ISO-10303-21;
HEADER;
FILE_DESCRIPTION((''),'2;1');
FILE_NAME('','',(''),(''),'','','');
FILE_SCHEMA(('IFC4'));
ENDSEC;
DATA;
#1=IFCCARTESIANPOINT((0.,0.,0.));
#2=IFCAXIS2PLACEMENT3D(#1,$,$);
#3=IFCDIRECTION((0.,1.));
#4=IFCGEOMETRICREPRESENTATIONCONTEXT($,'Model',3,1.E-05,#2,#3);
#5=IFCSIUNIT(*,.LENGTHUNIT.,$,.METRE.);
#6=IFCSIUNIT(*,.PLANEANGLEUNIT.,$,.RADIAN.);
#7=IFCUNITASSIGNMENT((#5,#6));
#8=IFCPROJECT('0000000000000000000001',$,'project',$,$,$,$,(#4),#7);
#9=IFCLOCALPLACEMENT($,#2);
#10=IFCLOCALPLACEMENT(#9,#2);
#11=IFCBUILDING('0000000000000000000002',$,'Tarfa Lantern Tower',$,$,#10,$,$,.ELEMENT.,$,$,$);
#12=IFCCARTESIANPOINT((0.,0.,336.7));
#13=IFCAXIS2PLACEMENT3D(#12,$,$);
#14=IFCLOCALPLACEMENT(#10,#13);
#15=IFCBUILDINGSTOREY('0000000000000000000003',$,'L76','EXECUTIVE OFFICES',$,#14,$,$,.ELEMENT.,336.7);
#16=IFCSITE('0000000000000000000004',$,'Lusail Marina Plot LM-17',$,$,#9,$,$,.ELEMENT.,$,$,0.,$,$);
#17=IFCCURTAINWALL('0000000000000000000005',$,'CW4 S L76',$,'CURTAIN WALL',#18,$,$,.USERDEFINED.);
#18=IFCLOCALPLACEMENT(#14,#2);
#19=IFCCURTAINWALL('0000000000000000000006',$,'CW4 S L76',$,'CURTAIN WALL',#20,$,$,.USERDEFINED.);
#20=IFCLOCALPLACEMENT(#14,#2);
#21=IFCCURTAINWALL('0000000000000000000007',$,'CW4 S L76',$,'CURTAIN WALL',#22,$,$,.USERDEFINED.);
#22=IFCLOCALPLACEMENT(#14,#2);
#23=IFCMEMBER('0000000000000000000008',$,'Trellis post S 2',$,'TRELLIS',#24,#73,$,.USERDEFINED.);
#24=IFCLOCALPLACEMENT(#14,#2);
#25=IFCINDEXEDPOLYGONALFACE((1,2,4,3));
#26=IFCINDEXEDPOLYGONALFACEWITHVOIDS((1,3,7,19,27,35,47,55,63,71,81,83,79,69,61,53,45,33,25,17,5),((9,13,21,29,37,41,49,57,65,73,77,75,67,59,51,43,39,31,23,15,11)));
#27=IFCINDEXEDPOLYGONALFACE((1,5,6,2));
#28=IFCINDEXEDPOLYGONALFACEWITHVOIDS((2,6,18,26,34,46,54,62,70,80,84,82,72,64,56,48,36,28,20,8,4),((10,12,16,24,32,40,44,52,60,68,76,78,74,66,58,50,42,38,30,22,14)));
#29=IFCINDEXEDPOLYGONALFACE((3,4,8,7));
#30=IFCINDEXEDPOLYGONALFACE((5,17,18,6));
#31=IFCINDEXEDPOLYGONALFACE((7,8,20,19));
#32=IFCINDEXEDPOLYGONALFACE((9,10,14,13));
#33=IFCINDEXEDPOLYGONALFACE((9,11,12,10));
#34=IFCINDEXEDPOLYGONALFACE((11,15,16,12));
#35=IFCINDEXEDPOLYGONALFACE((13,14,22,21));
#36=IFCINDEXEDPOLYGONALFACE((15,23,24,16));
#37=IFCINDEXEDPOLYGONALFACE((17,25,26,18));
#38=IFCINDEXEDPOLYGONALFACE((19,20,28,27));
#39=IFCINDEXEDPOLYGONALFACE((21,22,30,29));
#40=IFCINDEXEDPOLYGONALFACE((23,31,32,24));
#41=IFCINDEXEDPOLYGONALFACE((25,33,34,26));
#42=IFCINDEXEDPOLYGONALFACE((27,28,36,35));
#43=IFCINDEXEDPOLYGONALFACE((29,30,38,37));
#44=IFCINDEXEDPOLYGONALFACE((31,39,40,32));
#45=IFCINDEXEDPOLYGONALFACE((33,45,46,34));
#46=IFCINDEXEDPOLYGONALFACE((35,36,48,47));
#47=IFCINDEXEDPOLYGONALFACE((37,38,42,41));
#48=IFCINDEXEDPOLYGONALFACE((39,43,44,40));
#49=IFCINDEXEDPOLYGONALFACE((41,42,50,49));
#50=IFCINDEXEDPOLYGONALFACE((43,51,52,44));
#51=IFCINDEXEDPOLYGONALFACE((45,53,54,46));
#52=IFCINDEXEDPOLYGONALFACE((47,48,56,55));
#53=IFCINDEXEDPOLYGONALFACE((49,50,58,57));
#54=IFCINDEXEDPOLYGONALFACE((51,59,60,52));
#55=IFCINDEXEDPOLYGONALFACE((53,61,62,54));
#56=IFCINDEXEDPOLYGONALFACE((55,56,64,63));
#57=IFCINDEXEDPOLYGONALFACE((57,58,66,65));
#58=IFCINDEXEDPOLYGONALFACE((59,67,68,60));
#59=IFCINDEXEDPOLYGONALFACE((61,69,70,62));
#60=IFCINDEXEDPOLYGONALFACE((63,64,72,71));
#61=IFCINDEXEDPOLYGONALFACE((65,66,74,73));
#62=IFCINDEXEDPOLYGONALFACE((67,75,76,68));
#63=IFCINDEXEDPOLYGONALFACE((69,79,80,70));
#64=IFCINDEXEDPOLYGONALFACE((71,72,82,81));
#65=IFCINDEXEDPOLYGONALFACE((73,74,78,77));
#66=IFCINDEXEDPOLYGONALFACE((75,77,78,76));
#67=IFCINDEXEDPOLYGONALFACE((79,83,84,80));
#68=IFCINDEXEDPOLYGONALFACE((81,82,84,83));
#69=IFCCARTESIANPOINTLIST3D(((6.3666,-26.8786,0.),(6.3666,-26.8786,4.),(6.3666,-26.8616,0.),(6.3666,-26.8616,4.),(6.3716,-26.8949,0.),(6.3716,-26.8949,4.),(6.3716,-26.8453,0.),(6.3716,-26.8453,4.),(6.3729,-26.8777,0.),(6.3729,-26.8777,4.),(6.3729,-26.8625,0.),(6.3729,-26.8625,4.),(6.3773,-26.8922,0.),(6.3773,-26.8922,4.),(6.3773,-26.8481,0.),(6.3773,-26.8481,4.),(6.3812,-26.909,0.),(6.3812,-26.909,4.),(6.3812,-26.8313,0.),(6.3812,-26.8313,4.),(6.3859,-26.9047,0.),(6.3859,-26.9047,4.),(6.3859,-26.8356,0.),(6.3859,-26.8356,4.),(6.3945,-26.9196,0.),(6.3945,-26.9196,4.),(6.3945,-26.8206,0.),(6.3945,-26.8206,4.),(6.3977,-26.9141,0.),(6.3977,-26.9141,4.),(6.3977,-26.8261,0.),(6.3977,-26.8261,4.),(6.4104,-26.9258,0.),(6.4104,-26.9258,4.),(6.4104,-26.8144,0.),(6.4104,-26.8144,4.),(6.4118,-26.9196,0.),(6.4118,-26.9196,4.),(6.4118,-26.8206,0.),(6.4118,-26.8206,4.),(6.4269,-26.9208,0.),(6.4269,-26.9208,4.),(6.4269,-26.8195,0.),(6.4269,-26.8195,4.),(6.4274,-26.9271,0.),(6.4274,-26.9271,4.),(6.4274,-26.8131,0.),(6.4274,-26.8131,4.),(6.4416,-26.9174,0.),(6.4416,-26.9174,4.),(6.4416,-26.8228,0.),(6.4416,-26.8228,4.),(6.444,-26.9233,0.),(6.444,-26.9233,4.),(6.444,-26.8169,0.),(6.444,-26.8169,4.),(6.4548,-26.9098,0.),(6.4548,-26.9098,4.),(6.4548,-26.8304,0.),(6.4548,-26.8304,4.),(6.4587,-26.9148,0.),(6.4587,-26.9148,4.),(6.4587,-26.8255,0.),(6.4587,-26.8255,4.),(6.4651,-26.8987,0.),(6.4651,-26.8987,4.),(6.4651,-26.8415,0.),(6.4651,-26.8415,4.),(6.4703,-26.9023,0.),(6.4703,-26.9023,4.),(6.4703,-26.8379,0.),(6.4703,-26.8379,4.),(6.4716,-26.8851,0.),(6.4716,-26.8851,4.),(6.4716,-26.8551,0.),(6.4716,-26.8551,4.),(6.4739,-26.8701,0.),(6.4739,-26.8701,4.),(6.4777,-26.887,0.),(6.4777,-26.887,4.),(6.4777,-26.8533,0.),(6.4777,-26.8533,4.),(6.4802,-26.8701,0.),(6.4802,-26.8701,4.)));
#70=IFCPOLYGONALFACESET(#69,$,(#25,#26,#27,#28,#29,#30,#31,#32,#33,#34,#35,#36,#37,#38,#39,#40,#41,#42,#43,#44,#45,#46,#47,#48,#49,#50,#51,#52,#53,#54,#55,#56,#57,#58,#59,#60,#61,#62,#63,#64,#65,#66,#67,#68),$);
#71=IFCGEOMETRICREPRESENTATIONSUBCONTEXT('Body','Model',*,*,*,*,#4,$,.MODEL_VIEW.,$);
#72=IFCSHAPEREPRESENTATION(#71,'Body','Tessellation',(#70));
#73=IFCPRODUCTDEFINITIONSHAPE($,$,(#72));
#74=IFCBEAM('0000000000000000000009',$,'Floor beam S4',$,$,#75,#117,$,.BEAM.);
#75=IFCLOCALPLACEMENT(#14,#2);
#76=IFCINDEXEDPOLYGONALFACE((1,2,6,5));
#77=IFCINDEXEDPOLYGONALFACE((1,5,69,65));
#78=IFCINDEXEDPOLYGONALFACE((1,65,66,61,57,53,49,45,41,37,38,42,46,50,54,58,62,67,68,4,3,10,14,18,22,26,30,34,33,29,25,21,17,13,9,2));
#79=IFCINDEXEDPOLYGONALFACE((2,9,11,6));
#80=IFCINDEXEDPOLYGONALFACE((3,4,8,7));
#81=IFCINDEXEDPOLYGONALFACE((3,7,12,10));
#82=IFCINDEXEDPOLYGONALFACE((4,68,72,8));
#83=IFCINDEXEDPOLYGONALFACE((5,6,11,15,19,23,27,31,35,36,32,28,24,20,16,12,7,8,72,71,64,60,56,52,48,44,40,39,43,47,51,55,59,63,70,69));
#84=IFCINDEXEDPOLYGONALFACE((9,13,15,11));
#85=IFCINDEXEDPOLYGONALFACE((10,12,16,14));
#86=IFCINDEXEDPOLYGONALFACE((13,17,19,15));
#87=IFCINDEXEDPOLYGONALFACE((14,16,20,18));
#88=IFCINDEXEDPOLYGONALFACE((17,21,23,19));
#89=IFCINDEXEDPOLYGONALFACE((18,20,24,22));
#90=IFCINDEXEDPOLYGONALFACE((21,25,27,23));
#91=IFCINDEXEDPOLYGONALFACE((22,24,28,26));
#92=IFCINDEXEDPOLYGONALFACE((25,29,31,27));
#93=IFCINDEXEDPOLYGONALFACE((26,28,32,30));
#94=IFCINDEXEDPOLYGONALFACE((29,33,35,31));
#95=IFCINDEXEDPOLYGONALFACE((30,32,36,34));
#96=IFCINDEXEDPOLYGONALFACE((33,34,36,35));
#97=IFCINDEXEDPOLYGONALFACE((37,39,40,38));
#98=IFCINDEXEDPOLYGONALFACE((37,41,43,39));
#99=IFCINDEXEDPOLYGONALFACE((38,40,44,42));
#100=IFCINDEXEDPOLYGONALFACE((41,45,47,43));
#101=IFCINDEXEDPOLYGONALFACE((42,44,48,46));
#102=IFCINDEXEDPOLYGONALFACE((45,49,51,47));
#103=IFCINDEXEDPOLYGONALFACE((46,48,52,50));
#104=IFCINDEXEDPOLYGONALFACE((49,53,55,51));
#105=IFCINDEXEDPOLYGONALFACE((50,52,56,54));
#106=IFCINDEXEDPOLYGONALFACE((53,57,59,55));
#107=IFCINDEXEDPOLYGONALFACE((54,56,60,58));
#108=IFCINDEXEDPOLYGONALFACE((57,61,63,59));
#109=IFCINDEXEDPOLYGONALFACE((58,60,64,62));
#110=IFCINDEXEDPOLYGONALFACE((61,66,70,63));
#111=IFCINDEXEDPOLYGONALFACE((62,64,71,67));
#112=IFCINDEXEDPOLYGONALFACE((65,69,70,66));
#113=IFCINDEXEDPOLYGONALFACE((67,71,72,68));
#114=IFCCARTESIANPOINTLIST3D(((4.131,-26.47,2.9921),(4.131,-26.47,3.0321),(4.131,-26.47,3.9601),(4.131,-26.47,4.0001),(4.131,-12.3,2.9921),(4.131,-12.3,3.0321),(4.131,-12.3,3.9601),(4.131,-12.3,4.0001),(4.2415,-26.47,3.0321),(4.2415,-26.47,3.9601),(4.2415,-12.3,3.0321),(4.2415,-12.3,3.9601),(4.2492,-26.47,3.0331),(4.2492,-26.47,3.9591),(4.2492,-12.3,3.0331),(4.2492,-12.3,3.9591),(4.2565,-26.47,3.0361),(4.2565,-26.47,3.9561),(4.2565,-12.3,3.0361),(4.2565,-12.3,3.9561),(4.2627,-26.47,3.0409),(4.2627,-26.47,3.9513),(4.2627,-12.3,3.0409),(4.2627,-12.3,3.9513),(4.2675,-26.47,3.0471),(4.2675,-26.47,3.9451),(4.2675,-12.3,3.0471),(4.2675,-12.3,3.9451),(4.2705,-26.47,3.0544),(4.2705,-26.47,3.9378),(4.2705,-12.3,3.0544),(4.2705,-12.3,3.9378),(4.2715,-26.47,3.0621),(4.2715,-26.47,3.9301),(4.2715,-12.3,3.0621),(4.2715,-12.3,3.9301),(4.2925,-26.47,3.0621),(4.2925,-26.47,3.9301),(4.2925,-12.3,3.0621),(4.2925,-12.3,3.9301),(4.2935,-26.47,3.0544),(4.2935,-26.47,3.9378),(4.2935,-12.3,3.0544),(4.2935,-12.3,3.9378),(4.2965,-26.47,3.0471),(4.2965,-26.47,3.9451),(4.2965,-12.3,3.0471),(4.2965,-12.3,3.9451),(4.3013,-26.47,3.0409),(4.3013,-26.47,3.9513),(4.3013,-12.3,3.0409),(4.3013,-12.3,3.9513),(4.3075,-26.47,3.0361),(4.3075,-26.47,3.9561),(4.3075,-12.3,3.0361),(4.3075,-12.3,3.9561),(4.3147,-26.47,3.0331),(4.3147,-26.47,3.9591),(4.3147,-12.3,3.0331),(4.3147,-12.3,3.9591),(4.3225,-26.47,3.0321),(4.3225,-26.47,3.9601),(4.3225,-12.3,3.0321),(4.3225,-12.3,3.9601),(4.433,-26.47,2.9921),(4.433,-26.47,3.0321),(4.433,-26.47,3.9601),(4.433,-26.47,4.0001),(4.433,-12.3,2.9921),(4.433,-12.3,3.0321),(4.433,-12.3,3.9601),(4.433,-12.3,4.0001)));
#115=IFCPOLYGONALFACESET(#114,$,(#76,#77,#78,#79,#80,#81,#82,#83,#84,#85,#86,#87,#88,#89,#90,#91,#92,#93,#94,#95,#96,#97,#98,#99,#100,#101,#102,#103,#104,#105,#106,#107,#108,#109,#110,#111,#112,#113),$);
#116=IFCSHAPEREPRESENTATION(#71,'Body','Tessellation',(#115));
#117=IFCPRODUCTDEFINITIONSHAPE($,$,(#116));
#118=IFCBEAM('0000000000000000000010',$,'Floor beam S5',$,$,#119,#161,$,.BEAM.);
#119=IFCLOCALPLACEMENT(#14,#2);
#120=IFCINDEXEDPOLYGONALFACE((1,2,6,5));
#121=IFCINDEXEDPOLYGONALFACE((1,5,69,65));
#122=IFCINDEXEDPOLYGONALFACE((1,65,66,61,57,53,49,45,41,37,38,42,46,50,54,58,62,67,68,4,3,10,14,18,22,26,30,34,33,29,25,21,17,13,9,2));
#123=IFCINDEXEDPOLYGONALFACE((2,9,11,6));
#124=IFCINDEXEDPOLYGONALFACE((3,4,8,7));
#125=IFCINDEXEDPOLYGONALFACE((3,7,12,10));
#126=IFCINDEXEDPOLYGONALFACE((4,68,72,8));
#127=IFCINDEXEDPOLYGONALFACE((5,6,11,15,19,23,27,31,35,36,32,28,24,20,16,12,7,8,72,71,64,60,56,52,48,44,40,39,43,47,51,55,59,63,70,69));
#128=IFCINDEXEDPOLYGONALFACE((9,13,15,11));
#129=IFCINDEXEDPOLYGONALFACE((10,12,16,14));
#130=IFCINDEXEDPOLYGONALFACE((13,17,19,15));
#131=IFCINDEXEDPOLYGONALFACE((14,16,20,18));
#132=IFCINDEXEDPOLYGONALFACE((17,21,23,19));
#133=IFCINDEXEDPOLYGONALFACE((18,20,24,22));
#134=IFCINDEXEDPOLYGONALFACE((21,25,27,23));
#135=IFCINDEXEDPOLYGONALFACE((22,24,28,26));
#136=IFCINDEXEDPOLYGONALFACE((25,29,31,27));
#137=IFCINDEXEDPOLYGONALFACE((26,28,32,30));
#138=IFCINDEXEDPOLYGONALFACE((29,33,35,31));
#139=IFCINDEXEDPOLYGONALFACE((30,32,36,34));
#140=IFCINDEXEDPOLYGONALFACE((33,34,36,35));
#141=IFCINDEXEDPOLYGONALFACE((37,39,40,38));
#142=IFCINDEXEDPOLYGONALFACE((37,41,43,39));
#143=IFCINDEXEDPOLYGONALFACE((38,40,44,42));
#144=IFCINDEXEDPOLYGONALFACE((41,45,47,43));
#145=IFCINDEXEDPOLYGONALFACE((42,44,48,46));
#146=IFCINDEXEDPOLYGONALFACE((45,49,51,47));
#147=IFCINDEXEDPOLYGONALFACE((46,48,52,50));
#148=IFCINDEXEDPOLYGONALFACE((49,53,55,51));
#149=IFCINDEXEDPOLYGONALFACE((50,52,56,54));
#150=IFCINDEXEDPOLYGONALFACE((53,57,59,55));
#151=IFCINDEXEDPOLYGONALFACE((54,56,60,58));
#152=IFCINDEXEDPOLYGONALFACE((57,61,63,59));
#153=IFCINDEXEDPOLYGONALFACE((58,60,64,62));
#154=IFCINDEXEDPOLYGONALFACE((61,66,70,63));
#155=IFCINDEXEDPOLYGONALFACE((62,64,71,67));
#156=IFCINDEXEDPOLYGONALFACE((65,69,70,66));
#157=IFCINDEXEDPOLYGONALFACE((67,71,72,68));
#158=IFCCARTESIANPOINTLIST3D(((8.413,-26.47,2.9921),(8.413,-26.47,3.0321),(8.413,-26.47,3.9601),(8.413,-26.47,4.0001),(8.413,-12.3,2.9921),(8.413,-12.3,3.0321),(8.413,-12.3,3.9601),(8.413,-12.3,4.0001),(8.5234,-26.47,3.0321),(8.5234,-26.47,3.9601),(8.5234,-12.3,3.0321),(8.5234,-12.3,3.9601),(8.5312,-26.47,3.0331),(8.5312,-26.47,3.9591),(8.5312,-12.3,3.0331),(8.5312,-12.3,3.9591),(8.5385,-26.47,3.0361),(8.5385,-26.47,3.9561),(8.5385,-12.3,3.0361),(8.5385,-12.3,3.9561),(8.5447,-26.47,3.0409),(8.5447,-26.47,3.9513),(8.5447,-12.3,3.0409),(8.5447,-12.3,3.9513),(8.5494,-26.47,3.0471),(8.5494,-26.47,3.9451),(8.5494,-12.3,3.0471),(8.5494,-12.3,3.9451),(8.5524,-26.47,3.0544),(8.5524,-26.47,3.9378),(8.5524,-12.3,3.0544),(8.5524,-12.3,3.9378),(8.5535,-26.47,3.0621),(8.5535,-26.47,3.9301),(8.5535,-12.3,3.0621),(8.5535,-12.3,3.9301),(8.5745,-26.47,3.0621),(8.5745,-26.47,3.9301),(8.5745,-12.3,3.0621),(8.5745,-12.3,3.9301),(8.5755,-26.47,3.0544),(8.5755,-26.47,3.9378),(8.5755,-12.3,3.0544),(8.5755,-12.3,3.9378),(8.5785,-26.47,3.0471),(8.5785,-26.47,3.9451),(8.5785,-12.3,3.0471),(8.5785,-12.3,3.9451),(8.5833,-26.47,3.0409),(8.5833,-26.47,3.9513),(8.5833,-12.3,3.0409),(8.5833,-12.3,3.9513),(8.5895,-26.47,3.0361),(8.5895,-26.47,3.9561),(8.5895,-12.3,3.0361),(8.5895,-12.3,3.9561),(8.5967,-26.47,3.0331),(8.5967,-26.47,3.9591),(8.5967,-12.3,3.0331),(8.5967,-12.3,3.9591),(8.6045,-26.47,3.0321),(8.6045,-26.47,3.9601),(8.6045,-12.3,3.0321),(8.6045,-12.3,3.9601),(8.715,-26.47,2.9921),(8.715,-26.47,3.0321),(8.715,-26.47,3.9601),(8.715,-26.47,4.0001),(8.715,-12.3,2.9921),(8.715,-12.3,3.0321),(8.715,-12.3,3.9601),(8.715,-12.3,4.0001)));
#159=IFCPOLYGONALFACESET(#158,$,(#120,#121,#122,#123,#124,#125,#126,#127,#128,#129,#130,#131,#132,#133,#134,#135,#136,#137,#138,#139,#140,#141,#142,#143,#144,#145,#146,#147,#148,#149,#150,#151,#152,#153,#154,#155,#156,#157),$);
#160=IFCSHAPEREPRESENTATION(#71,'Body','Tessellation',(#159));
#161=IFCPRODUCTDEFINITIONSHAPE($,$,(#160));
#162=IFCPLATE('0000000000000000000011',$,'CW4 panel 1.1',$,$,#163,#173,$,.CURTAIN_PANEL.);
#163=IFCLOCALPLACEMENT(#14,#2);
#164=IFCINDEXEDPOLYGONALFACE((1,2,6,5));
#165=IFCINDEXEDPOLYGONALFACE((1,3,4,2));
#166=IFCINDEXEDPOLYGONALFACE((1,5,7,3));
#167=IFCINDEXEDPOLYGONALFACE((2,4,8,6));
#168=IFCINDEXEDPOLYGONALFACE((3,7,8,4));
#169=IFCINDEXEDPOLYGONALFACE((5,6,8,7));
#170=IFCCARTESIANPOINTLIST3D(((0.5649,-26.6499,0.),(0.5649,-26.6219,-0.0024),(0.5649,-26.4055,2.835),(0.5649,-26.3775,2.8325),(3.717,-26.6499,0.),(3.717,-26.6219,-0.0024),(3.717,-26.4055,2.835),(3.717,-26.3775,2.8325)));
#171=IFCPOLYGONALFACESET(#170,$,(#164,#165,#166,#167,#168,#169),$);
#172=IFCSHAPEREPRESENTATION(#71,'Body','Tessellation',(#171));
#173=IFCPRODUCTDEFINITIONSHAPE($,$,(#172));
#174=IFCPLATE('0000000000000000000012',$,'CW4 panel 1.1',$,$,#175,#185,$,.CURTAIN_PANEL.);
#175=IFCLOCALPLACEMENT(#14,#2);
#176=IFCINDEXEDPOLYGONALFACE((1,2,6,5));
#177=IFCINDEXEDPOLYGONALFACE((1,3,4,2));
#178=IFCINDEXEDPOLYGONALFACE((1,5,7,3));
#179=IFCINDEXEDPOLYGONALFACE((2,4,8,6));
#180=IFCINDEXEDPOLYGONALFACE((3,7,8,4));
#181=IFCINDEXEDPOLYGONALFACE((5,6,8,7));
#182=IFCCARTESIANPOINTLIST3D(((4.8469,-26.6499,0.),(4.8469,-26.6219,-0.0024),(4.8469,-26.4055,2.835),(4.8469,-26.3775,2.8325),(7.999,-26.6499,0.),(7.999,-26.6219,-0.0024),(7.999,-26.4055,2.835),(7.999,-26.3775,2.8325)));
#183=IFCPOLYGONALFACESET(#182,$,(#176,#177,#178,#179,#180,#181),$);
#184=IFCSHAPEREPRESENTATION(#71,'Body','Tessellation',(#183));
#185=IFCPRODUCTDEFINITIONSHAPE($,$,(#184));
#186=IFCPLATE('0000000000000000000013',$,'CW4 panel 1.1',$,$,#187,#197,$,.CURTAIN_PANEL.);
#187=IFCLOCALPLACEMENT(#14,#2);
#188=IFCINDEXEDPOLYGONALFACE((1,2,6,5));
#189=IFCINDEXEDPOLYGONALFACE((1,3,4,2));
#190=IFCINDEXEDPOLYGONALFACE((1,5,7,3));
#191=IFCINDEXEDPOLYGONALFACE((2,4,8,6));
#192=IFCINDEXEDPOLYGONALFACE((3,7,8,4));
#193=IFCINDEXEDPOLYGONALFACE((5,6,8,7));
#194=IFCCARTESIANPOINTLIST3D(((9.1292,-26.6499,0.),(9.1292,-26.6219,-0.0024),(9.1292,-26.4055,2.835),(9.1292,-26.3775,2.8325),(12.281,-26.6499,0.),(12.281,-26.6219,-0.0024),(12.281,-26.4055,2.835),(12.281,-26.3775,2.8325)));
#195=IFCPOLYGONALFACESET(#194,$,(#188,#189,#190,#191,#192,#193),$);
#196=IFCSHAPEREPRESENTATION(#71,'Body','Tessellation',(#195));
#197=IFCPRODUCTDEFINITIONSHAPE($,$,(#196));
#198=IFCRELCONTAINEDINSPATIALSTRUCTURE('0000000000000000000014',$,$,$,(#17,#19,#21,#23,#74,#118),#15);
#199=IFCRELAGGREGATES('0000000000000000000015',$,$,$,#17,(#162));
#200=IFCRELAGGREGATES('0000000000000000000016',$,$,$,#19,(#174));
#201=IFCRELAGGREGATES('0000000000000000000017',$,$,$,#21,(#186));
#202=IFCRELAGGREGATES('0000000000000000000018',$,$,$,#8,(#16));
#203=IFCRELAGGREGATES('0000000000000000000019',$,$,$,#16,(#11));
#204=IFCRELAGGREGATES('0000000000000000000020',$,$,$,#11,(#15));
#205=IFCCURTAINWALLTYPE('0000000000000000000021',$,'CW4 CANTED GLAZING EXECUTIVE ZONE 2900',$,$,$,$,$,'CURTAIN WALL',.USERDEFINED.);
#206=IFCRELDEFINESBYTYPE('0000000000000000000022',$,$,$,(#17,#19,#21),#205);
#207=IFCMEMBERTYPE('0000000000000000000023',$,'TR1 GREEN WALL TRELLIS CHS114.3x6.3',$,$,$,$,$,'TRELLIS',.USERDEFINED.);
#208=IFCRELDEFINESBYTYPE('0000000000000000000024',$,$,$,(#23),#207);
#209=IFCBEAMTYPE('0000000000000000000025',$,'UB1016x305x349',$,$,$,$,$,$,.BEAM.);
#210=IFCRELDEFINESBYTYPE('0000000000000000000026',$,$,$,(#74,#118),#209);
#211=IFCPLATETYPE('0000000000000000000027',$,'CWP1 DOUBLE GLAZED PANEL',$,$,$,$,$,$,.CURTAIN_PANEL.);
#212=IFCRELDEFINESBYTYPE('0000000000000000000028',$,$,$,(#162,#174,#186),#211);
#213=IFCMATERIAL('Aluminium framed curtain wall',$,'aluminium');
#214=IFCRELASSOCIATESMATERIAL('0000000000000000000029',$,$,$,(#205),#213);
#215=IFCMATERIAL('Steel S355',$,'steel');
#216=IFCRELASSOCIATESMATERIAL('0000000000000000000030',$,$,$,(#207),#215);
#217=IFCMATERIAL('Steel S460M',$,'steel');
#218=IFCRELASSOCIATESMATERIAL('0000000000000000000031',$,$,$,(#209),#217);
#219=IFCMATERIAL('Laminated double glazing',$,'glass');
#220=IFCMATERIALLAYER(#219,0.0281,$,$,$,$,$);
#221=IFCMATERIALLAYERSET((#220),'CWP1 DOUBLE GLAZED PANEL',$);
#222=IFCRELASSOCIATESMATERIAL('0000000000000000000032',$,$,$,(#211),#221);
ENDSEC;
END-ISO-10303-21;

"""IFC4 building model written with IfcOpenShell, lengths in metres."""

from ifc_helpers import new_model, si_unit, direction, frame, origin, origin_2d, place, context, subcontext, project, spatial, polyline, hollow_circle, i_section, outline, extrude, material, layer, layer_set, material_profile, profile_set, type_object, element, aggregate, save


model = new_model("IFC4")

# Units and contexts
model_context = context("Model", 3, precision=1e-05, world=origin(), true_north=direction((0.0, 1.0)))
body_context = subcontext(model_context, "Body", "Model", "MODEL_VIEW")
ifc_project = project(units=[si_unit("LENGTHUNIT", "METRE"), si_unit("PLANEANGLEUNIT", "RADIAN")], contexts=[model_context])

# Site, building, storey
site_placement = place(None, origin())
site = spatial("IfcSite", under=ifc_project, at=site_placement, Name="Lusail Marina Plot LM-17", CompositionType="ELEMENT", RefElevation=0.0)
building_placement = place(site_placement, origin())
building = spatial("IfcBuilding", under=site, at=building_placement, Name="Tarfa Lantern Tower", CompositionType="ELEMENT")
storey_placement = place(building_placement, frame((0.0, 0.0, 336.7)))
storey = spatial("IfcBuildingStorey", under=building, at=storey_placement, Name="L76", Description="EXECUTIVE OFFICES", CompositionType="ELEMENT", Elevation=336.7)

# Curtain walls
ifc_material_1 = material(Name="Aluminium framed curtain wall", Category="aluminium")
curtain_wall_type = type_object("IfcCurtainWallType", Name="CW4 CANTED GLAZING EXECUTIVE ZONE 2900", ElementType="CURTAIN WALL", PredefinedType="USERDEFINED", material=ifc_material_1)
curtain_wall_1_placement = place(storey_placement, origin())
curtain_wall_1 = element("IfcCurtainWall", 1, at=curtain_wall_1_placement, inside=storey, type_object=curtain_wall_type, Name="CW4 S L76", ObjectType="CURTAIN WALL", PredefinedType="USERDEFINED")
curtain_wall_2_placement = place(storey_placement, origin())
curtain_wall_2 = element("IfcCurtainWall", 2, at=curtain_wall_2_placement, inside=storey, type_object=curtain_wall_type, Name="CW4 S L76", ObjectType="CURTAIN WALL", PredefinedType="USERDEFINED")

# Curtain wall
curtain_wall_3_placement = place(storey_placement, origin())
curtain_wall_3 = element("IfcCurtainWall", 3, at=curtain_wall_3_placement, inside=storey, type_object=curtain_wall_type, Name="CW4 S L76", ObjectType="CURTAIN WALL", PredefinedType="USERDEFINED")

# Member
ifc_material_2 = material(Name="Steel S355", Category="steel")
ifc_material_profile_1 = material_profile(ifc_material_2, hollow_circle(Radius=0.0571, WallThickness=0.0063, at=origin_2d()), Name="CHS114.3x6.3")
ifc_profile_set_1 = profile_set([ifc_material_profile_1], Name="Steel S355")
member_type_1 = type_object("IfcMemberType", Name="TR1 GREEN WALL TRELLIS CHS114.3x6.3", ElementType="TRELLIS", PredefinedType="USERDEFINED", material=ifc_profile_set_1)
member_1_placement = place(storey_placement, frame((6.4231, -26.8701, 0.0), z_axis=(0.0, 0.0, 1.0), x_axis=(1.0, 0.0, 0.0)))
element("IfcMember", 4, at=member_1_placement, inside=storey, type_object=member_type_1, Name="Trellis post S 2", ObjectType="TRELLIS", PredefinedType="USERDEFINED", context=body_context, shape_type="SweptSolid", body=[
    extrude(hollow_circle(Radius=0.0571, WallThickness=0.0063, at=origin_2d()), origin(), (0.0, 0.0, 1.0), 4.0),
])

# Beams
ifc_material_3 = material(Name="Steel S460M", Category="steel")
ifc_material_profile_2 = material_profile(ifc_material_3, i_section(OverallWidth=0.302, OverallDepth=1.0081, WebThickness=0.021, FlangeThickness=0.04, FilletRadius=0.03, at=origin_2d()), Name="UB1016x305x349")
ifc_profile_set_2 = profile_set([ifc_material_profile_2], Name="Steel S460M")
beam_type_1 = type_object("IfcBeamType", Name="UB1016x305x349", PredefinedType="BEAM", material=ifc_profile_set_2)
for number, where, z_axis, x_axis, name in (
    (5, (4.282, -26.47, 3.4961), (0.0, 1.0, 0.0), (-1.0, 0.0, 0.0), "Floor beam S4"),
    (6, (8.564, -26.47, 3.4961), (0.0, 1.0, 0.0), (-1.0, 0.0, 0.0), "Floor beam S5"),
):
    element("IfcBeam", number, at=place(storey_placement, frame(where, z_axis=z_axis, x_axis=x_axis)), inside=storey, type_object=beam_type_1, Name=name, PredefinedType="BEAM", context=body_context, shape_type="SweptSolid", body=[
        extrude(i_section(OverallWidth=0.302, OverallDepth=1.0081, WebThickness=0.021, FlangeThickness=0.04, FilletRadius=0.03, at=origin_2d()), origin(), (0.0, 0.0, 1.0), 14.1699),
    ])

# Plates
ifc_material_4 = material(Name="Laminated double glazing", Category="glass")
ifc_layer_1 = layer(ifc_material_4, 0.0281)
ifc_layer_set_1 = layer_set([ifc_layer_1], Name="CWP1 DOUBLE GLAZED PANEL")
plate_type = type_object("IfcPlateType", Name="CWP1 DOUBLE GLAZED PANEL", PredefinedType="CURTAIN_PANEL", material=ifc_layer_set_1)
plate_1_placement = place(storey_placement, frame((0.5649, -26.6499, 0.0), z_axis=(0.0, -0.996305, 0.085885), x_axis=(1.0, 0.0, 0.0)))
plate_1 = element("IfcPlate", 7, at=plate_1_placement, type_object=plate_type, Name="CW4 panel 1.1", PredefinedType="CURTAIN_PANEL", context=body_context, shape_type="SweptSolid", body=[
    extrude(outline(polyline([(0.0, 0.0), (3.1521, 0.0), (3.1521, 2.8455), (0.0, 2.8455), (0.0, 0.0)])), origin(), (0.0, 0.0, -1.0), 0.0281),
])
aggregate(curtain_wall_1, [plate_1])
plate_2_placement = place(storey_placement, frame((4.8469, -26.6499, 0.0), z_axis=(0.0, -0.996305, 0.085885), x_axis=(1.0, 0.0, 0.0)))
plate_2 = element("IfcPlate", 8, at=plate_2_placement, type_object=plate_type, Name="CW4 panel 1.1", PredefinedType="CURTAIN_PANEL", context=body_context, shape_type="SweptSolid", body=[
    extrude(outline(polyline([(0.0, 0.0), (3.1521, 0.0), (3.1521, 2.8455), (0.0, 2.8455), (0.0, 0.0)])), origin(), (0.0, 0.0, -1.0), 0.0281),
])
aggregate(curtain_wall_2, [plate_2])
plate_3_placement = place(storey_placement, frame((9.1292, -26.6499, 0.0), z_axis=(0.0, -0.996305, 0.085885), x_axis=(1.0, 0.0, 0.0)))
plate_3 = element("IfcPlate", 9, at=plate_3_placement, type_object=plate_type, Name="CW4 panel 1.1", PredefinedType="CURTAIN_PANEL", context=body_context, shape_type="SweptSolid", body=[
    extrude(outline(polyline([(0.0, 0.0), (3.1519, 0.0), (3.1519, 2.8455), (0.0, 2.8455), (0.0, 0.0)])), origin(), (0.0, 0.0, -1.0), 0.0281),
])
aggregate(curtain_wall_3, [plate_3])

save(model, "model.ifc")
